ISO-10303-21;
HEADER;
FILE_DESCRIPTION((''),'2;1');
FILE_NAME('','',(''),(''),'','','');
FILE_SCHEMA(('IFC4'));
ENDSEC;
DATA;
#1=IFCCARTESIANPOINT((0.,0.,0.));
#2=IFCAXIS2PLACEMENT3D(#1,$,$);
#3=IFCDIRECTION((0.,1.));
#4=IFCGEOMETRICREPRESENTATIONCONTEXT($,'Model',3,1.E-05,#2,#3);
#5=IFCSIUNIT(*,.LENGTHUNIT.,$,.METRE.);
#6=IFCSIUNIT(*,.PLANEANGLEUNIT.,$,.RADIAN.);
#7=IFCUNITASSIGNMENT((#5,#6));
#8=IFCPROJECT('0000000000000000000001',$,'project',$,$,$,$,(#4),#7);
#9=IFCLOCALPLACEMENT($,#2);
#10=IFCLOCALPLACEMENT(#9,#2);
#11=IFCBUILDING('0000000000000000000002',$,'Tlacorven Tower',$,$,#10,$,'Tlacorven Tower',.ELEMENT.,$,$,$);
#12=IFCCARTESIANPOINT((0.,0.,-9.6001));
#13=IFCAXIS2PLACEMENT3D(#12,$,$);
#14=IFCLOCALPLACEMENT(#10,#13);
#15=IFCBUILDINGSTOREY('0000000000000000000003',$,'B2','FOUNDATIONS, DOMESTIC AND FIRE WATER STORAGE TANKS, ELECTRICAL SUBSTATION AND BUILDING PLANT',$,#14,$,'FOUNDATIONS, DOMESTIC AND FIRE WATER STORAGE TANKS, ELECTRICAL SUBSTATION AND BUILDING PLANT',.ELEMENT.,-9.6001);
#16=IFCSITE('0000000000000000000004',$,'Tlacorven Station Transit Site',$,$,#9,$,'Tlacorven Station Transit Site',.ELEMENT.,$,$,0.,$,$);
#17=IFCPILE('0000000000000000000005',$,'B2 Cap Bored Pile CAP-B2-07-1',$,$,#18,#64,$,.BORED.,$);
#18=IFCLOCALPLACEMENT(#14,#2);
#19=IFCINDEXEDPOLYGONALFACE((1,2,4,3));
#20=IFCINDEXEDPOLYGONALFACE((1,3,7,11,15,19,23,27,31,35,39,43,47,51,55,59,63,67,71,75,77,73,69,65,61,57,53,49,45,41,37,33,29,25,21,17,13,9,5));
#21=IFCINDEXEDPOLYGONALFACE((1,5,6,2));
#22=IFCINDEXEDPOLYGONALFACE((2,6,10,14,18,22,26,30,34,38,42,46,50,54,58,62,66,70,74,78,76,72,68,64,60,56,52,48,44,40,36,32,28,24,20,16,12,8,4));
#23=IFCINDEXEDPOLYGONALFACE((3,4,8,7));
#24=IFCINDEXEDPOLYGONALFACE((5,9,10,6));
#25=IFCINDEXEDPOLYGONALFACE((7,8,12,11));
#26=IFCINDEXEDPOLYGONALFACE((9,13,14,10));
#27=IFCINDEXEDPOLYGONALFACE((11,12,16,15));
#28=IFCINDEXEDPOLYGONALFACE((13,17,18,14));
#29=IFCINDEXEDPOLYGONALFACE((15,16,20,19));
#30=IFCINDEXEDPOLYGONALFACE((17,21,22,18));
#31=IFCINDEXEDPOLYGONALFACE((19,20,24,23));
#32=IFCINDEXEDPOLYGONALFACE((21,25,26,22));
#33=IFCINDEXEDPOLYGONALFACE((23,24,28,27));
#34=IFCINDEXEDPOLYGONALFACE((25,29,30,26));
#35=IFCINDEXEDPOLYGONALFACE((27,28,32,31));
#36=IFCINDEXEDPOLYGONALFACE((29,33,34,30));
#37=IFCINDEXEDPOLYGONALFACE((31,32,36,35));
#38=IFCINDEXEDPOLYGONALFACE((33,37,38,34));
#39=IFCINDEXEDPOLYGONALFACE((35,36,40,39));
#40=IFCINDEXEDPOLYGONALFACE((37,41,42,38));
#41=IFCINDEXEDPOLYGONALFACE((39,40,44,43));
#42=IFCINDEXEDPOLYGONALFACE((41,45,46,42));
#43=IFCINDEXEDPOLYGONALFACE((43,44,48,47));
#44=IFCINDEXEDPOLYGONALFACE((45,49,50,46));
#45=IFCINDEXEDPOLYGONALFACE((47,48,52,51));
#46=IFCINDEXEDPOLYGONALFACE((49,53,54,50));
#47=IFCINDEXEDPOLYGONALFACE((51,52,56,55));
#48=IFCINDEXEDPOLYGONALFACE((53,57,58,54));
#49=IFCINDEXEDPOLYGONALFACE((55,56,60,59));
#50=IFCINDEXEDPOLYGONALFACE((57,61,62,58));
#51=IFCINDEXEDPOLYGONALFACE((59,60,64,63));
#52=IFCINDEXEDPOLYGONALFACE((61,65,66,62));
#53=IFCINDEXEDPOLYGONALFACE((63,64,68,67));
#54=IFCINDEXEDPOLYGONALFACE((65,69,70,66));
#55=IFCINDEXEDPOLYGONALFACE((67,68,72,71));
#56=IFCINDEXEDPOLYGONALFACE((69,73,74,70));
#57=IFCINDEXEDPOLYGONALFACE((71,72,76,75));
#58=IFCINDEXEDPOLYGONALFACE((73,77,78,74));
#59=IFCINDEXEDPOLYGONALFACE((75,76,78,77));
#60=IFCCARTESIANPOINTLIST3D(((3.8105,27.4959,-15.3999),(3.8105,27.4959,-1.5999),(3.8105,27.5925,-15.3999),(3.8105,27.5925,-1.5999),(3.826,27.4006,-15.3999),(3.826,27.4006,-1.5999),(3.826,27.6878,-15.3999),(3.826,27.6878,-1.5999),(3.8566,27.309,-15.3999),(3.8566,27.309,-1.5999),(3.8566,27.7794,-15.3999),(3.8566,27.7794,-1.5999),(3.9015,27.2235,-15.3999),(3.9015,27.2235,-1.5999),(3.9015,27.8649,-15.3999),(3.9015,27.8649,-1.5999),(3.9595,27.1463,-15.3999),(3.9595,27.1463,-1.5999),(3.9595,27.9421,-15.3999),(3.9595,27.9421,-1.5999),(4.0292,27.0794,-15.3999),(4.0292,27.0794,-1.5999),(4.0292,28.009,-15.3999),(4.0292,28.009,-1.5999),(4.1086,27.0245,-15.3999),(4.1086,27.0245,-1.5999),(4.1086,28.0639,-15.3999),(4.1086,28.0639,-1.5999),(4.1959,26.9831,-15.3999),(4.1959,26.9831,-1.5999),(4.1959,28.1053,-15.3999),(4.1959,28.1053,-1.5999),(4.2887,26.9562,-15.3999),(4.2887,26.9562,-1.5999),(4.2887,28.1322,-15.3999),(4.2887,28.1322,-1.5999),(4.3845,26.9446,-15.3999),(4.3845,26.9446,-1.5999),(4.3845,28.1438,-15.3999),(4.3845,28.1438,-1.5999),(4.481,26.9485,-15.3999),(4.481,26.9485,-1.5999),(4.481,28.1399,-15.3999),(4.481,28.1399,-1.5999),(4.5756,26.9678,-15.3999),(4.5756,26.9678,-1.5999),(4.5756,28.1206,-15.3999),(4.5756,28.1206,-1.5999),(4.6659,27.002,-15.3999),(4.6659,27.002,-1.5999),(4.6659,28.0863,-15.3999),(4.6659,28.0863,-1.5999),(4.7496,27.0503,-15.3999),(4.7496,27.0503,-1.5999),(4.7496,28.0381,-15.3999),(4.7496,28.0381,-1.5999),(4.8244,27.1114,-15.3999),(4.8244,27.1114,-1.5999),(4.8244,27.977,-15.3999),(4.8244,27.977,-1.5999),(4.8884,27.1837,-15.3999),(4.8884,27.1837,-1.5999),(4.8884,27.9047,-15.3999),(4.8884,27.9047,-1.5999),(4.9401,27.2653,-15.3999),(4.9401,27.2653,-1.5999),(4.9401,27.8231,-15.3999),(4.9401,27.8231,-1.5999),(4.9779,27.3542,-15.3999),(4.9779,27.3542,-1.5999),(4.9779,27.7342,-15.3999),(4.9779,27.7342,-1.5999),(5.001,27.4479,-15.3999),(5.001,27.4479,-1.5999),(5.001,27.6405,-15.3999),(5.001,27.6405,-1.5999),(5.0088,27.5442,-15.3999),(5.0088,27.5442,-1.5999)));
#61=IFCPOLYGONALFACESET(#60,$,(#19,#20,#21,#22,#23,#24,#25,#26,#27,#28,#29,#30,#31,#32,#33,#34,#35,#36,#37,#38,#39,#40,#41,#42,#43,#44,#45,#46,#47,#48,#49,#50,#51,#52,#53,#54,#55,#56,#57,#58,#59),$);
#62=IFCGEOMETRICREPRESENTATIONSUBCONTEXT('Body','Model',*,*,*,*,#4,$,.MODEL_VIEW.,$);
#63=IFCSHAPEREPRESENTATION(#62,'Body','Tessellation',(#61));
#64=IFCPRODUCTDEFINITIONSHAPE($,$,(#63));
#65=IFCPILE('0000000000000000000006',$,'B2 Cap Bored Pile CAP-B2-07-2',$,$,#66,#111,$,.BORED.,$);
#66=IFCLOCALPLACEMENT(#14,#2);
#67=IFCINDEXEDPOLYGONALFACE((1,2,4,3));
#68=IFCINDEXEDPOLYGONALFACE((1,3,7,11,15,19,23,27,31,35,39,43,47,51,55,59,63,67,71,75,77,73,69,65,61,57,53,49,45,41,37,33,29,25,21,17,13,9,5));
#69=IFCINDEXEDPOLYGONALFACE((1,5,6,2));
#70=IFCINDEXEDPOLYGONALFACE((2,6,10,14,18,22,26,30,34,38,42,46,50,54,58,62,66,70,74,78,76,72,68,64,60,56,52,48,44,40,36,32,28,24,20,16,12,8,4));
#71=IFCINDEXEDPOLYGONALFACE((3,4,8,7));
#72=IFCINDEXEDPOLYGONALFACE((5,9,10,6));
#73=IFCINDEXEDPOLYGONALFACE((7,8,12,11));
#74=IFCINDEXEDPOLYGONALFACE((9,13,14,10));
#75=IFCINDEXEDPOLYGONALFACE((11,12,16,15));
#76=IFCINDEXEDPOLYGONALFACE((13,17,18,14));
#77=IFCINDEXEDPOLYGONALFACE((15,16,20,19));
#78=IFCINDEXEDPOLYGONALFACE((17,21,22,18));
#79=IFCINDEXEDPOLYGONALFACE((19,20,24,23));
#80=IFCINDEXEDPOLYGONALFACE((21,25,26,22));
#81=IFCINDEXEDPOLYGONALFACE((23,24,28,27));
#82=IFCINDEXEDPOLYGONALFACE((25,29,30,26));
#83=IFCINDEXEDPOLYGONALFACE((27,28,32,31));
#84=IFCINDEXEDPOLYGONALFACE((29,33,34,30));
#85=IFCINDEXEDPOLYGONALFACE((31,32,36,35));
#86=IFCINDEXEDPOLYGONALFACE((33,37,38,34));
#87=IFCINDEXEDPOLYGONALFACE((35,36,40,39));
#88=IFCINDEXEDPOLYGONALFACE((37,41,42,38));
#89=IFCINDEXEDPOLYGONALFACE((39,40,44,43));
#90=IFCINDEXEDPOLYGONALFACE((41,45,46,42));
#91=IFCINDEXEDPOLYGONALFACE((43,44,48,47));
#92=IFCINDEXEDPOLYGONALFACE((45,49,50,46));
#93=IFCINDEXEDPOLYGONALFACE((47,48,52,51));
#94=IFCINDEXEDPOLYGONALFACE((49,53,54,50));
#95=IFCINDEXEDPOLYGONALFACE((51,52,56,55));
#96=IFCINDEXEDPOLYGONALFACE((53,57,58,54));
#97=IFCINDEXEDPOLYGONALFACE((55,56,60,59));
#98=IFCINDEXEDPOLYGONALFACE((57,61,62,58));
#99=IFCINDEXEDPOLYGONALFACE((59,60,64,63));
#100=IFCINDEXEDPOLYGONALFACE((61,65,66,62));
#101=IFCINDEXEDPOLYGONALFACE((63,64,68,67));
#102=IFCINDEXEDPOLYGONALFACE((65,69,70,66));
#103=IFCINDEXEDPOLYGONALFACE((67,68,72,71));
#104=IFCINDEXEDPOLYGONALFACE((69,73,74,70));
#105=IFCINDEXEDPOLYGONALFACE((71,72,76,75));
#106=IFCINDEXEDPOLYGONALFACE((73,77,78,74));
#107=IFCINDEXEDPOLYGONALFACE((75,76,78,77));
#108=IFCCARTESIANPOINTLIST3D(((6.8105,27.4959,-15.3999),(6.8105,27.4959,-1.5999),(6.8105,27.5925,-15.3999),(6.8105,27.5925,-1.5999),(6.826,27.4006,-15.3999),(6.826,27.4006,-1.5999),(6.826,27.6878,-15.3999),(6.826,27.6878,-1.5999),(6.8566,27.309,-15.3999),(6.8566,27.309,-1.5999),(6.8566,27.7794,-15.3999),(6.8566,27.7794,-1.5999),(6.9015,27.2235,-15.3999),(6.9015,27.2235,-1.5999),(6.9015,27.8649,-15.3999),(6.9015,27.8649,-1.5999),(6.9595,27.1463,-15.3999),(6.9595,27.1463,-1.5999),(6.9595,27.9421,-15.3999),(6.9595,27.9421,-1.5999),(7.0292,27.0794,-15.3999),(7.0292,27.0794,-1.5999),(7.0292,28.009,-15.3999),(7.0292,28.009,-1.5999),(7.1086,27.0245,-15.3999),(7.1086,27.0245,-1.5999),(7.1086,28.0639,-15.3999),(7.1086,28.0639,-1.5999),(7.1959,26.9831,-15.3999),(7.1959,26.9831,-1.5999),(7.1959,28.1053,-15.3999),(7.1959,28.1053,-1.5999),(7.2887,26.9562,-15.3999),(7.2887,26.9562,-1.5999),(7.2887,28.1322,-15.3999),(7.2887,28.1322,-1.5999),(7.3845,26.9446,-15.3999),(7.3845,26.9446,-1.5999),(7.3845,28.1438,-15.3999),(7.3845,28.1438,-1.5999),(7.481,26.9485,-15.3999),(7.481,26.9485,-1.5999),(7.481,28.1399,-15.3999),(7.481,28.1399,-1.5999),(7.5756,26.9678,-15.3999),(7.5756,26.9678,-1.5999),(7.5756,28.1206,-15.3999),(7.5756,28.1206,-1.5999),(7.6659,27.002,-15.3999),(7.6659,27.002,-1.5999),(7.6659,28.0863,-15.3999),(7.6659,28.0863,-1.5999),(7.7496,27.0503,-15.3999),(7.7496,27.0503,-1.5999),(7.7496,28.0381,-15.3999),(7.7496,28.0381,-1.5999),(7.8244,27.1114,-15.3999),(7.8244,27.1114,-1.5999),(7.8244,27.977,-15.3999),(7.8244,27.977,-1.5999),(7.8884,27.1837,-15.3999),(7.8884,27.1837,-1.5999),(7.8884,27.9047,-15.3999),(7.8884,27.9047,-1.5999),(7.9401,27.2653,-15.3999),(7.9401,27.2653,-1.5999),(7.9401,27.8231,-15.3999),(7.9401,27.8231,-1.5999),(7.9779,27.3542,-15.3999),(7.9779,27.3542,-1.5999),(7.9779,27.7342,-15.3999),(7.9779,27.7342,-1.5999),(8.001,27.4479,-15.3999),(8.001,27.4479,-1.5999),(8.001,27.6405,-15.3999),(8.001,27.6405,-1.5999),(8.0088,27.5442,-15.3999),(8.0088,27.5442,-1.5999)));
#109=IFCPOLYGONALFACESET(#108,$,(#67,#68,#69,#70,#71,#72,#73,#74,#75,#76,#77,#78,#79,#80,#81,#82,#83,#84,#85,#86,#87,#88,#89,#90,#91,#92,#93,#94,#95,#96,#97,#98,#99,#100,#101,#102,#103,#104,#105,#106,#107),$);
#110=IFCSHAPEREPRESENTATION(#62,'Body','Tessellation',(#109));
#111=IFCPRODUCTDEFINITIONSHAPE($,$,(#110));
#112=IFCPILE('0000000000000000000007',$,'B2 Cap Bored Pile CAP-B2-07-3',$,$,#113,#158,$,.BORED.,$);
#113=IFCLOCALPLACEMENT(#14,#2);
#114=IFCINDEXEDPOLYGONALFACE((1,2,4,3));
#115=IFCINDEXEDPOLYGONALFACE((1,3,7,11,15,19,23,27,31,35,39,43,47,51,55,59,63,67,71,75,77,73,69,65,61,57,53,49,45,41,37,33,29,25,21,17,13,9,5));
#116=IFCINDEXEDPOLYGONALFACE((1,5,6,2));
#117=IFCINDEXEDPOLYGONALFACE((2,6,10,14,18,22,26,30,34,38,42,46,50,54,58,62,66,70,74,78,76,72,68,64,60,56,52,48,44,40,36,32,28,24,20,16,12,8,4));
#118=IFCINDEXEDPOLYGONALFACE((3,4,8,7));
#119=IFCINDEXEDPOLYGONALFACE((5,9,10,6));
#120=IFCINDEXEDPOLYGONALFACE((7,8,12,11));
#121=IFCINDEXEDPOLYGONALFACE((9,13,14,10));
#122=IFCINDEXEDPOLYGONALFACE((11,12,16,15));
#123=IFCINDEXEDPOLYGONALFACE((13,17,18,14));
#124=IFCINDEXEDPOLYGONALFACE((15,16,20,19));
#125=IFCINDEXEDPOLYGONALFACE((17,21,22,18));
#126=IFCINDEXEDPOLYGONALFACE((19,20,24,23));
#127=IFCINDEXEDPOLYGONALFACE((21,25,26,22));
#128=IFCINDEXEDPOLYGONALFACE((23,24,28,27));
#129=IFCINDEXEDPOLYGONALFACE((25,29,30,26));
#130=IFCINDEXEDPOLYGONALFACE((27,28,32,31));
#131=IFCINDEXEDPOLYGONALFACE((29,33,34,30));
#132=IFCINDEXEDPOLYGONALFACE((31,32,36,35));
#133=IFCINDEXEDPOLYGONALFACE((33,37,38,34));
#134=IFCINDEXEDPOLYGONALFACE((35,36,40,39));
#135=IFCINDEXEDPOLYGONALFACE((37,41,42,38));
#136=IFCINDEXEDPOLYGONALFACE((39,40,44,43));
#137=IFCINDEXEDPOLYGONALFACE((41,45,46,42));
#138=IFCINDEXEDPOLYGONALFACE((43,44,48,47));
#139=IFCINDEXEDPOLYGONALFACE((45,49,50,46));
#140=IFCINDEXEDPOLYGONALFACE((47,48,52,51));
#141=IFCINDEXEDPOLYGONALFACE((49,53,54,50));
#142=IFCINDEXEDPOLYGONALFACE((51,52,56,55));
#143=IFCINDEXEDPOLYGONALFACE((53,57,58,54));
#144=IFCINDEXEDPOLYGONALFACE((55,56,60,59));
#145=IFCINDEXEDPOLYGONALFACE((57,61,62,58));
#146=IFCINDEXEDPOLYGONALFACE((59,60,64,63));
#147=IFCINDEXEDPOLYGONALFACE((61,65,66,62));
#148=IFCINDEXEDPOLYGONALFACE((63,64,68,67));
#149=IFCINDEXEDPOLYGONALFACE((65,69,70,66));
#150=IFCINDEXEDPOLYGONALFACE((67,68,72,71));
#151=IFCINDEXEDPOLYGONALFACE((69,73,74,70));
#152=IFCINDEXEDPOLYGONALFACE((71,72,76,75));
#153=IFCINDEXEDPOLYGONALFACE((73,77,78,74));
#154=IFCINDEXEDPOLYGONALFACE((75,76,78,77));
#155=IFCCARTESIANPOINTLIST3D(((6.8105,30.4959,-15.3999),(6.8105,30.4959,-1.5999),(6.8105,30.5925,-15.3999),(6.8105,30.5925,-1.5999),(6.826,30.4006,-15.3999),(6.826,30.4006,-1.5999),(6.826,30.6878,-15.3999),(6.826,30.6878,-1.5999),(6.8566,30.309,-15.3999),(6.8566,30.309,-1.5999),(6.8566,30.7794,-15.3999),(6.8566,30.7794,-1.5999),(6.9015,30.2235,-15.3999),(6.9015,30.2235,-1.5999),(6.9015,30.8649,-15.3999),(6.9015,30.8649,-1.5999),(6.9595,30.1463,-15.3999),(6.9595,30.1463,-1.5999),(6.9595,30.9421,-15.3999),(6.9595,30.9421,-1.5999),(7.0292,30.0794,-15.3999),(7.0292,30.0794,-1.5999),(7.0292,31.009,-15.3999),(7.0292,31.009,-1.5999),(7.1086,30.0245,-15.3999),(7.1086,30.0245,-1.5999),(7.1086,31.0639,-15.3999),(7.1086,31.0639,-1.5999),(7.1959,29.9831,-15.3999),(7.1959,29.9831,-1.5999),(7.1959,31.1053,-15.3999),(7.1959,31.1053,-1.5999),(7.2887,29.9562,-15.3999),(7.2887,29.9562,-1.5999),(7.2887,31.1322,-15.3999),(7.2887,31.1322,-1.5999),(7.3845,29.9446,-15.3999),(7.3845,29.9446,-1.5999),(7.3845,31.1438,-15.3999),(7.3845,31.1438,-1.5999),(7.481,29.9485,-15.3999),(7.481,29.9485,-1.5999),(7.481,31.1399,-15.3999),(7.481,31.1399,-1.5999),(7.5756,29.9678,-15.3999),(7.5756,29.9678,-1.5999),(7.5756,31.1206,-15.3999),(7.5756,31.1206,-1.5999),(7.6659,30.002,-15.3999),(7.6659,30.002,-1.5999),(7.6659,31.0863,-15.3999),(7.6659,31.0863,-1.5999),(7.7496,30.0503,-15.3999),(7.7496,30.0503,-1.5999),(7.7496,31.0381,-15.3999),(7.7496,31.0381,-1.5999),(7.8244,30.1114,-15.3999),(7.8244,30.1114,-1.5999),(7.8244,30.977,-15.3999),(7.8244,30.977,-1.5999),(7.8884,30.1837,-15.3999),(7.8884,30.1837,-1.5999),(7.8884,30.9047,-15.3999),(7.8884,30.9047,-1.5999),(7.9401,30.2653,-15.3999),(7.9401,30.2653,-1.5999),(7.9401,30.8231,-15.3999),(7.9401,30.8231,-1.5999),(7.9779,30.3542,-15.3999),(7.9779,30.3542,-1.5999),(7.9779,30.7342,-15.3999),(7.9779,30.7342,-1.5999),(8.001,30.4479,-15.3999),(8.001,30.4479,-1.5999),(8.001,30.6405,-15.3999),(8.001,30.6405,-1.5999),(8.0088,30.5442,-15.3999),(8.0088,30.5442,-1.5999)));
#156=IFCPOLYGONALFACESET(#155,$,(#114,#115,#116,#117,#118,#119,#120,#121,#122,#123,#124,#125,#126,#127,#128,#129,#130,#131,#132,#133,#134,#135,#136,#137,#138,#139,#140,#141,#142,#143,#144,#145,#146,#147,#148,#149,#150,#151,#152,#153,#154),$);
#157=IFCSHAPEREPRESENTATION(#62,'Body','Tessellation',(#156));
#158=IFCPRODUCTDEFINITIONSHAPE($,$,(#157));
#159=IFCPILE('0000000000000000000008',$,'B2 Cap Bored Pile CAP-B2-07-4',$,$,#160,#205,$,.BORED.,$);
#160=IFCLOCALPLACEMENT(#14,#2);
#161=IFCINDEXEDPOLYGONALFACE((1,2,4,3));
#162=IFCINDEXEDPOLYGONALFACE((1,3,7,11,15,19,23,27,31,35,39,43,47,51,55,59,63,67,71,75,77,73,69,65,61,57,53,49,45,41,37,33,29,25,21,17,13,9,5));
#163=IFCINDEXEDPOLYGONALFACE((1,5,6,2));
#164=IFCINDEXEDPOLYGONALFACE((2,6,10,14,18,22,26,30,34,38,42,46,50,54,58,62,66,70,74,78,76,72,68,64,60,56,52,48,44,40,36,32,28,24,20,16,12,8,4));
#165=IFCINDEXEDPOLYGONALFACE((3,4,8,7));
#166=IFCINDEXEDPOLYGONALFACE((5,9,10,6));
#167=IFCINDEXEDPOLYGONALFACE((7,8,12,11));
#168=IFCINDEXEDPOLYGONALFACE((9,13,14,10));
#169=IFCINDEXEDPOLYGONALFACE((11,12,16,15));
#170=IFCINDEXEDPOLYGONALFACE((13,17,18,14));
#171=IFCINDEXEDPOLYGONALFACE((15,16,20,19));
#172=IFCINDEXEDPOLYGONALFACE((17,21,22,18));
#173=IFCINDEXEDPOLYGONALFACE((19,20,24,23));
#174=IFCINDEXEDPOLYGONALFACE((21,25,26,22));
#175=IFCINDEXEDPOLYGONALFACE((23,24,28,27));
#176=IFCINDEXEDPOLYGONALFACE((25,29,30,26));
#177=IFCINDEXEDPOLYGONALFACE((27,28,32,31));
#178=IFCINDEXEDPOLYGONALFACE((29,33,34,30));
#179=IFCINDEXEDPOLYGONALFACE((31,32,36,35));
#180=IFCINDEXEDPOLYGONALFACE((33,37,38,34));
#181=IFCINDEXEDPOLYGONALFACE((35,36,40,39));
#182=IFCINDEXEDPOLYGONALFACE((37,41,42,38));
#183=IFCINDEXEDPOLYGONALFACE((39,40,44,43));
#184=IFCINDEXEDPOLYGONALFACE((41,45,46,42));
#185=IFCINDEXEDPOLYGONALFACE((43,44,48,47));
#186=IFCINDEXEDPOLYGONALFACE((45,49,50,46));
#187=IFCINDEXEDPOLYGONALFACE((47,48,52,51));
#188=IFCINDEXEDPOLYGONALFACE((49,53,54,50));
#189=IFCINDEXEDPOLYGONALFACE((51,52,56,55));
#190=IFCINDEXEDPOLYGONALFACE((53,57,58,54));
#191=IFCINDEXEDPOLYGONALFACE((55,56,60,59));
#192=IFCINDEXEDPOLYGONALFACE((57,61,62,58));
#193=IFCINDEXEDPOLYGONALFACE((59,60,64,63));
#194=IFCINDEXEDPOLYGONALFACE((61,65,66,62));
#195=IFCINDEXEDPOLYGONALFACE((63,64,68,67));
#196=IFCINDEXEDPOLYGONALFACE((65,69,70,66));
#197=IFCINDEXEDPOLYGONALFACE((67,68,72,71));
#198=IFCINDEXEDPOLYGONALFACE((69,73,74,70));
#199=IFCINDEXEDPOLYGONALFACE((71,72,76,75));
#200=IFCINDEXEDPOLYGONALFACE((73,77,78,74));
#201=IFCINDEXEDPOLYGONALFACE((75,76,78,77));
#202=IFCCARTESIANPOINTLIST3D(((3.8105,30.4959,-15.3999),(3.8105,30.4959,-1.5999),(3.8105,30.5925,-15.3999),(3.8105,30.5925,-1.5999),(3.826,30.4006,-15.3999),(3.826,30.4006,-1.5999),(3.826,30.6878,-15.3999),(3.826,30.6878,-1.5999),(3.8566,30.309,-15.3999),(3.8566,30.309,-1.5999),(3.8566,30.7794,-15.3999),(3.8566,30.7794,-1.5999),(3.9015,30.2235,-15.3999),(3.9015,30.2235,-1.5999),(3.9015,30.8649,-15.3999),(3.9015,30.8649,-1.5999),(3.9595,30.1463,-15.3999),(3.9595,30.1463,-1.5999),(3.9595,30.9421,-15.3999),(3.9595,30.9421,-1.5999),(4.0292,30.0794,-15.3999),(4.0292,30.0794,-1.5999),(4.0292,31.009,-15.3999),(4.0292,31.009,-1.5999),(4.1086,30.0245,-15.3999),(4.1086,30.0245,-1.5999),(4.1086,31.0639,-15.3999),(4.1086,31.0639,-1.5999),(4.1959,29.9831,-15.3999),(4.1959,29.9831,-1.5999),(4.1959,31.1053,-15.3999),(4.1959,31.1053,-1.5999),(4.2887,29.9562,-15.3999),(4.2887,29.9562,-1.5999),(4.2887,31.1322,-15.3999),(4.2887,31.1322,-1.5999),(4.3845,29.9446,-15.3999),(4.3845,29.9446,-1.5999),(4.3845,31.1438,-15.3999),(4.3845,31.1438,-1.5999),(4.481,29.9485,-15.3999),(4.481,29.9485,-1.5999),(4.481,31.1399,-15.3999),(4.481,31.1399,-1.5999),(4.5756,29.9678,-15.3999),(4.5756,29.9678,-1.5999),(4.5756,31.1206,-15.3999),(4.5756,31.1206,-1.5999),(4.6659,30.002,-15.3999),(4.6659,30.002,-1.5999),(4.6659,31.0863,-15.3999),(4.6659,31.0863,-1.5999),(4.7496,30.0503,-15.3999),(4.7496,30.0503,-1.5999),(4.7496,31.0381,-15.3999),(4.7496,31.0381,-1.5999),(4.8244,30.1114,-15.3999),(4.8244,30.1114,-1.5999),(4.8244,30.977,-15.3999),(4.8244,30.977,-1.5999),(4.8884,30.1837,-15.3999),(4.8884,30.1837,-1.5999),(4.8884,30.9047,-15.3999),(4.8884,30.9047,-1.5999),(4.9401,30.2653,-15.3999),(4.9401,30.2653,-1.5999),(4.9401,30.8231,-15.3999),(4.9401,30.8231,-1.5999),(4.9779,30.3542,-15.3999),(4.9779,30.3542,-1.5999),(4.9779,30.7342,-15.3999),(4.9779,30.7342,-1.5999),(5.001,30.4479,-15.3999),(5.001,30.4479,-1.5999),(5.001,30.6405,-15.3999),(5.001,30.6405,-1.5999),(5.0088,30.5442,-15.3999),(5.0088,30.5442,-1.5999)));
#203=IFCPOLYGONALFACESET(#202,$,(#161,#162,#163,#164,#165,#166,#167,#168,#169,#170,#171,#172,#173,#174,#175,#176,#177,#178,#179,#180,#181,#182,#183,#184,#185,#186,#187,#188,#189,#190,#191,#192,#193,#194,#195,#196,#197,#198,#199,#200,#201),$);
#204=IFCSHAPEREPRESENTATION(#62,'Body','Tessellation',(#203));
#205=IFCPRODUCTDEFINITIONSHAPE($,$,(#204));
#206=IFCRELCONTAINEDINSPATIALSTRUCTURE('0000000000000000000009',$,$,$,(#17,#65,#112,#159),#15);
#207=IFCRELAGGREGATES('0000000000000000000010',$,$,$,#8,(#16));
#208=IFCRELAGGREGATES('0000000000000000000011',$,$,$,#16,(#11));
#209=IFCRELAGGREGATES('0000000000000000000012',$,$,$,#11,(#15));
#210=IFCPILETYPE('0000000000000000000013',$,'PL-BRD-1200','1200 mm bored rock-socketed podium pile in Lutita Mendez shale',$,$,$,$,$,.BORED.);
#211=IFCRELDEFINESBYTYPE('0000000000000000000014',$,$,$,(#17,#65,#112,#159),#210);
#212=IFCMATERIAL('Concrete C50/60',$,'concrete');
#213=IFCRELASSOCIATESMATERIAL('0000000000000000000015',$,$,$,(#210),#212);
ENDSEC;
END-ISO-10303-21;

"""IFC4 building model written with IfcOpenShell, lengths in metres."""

from ifc_helpers import new_model, si_unit, direction, frame, origin, origin_2d, place, context, subcontext, project, spatial, circle, extrude, source, transform, mapped, material, material_profile, profile_set, type_object, element, save


model = new_model("IFC4")

# Units and contexts
model_context = context("Model", 3, precision=1e-05, world=origin(), true_north=direction((0.0, 1.0)))
body_context = subcontext(model_context, "Body", "Model", "MODEL_VIEW")
ifc_project = project(units=[si_unit("LENGTHUNIT", "METRE"), si_unit("PLANEANGLEUNIT", "RADIAN")], contexts=[model_context])

# Site, building, storey
site_placement = place(None, origin())
site = spatial("IfcSite", under=ifc_project, at=site_placement, Name="Tlacorven Station Transit Site", LongName="Tlacorven Station Transit Site", CompositionType="ELEMENT", RefElevation=0.0)
building_placement = place(site_placement, origin())
building = spatial("IfcBuilding", under=site, at=building_placement, Name="Tlacorven Tower", LongName="Tlacorven Tower", CompositionType="ELEMENT")
storey_placement = place(building_placement, frame((0.0, 0.0, -9.6001)))
storey = spatial("IfcBuildingStorey", under=building, at=storey_placement, Name="B2", Description="FOUNDATIONS, DOMESTIC AND FIRE WATER STORAGE TANKS, ELECTRICAL SUBSTATION AND BUILDING PLANT", LongName="FOUNDATIONS, DOMESTIC AND FIRE WATER STORAGE TANKS, ELECTRICAL SUBSTATION AND BUILDING PLANT", CompositionType="ELEMENT", Elevation=-9.6001)

# Shared definitions
ifc_material_1 = material(Name="Concrete C50/60", Category="concrete")
ifc_material_profile_1 = material_profile(ifc_material_1, circle(Radius=0.6001, at=origin_2d()), Name="BORED PILE D1200")
ifc_profile_set_1 = profile_set([ifc_material_profile_1], Name="Concrete C50/60")
pile_type_1 = type_object("IfcPileType", Name="PL-BRD-1200", Description="1200 mm bored rock-socketed podium pile in Lutita Mendez shale", PredefinedType="BORED", material=ifc_profile_set_1)

# Piles
shared_shape_1 = source(origin(), body_context, "Body", "SweptSolid", [
    extrude(circle(Radius=0.6001, at=origin_2d()), origin(), (0.0, 0.0, 1.0), 13.8),
])
for number, where, z_axis, x_axis, name in (
    (1, (4.4087, 27.5442, -1.5999), (0.0, 0.0, -1.0), (1.0, 0.0, 0.0), "B2 Cap Bored Pile CAP-B2-07-1"),
    (2, (7.4087, 27.5442, -1.5999), (0.0, 0.0, -1.0), (1.0, 0.0, 0.0), "B2 Cap Bored Pile CAP-B2-07-2"),
    (3, (7.4087, 30.5442, -1.5999), (0.0, 0.0, -1.0), (1.0, 0.0, 0.0), "B2 Cap Bored Pile CAP-B2-07-3"),
    (4, (4.4087, 30.5442, -1.5999), (0.0, 0.0, -1.0), (1.0, 0.0, 0.0), "B2 Cap Bored Pile CAP-B2-07-4"),
):
    element("IfcPile", number, at=place(storey_placement, frame(where, z_axis=z_axis, x_axis=x_axis)), inside=storey, type_object=pile_type_1, Name=name, PredefinedType="BORED", context=body_context, shape_type="MappedRepresentation", body=[
        mapped(shared_shape_1, transform((0.0, 0.0, 0.0), scale=1.0)),
    ])

save(model, "model.ifc")
